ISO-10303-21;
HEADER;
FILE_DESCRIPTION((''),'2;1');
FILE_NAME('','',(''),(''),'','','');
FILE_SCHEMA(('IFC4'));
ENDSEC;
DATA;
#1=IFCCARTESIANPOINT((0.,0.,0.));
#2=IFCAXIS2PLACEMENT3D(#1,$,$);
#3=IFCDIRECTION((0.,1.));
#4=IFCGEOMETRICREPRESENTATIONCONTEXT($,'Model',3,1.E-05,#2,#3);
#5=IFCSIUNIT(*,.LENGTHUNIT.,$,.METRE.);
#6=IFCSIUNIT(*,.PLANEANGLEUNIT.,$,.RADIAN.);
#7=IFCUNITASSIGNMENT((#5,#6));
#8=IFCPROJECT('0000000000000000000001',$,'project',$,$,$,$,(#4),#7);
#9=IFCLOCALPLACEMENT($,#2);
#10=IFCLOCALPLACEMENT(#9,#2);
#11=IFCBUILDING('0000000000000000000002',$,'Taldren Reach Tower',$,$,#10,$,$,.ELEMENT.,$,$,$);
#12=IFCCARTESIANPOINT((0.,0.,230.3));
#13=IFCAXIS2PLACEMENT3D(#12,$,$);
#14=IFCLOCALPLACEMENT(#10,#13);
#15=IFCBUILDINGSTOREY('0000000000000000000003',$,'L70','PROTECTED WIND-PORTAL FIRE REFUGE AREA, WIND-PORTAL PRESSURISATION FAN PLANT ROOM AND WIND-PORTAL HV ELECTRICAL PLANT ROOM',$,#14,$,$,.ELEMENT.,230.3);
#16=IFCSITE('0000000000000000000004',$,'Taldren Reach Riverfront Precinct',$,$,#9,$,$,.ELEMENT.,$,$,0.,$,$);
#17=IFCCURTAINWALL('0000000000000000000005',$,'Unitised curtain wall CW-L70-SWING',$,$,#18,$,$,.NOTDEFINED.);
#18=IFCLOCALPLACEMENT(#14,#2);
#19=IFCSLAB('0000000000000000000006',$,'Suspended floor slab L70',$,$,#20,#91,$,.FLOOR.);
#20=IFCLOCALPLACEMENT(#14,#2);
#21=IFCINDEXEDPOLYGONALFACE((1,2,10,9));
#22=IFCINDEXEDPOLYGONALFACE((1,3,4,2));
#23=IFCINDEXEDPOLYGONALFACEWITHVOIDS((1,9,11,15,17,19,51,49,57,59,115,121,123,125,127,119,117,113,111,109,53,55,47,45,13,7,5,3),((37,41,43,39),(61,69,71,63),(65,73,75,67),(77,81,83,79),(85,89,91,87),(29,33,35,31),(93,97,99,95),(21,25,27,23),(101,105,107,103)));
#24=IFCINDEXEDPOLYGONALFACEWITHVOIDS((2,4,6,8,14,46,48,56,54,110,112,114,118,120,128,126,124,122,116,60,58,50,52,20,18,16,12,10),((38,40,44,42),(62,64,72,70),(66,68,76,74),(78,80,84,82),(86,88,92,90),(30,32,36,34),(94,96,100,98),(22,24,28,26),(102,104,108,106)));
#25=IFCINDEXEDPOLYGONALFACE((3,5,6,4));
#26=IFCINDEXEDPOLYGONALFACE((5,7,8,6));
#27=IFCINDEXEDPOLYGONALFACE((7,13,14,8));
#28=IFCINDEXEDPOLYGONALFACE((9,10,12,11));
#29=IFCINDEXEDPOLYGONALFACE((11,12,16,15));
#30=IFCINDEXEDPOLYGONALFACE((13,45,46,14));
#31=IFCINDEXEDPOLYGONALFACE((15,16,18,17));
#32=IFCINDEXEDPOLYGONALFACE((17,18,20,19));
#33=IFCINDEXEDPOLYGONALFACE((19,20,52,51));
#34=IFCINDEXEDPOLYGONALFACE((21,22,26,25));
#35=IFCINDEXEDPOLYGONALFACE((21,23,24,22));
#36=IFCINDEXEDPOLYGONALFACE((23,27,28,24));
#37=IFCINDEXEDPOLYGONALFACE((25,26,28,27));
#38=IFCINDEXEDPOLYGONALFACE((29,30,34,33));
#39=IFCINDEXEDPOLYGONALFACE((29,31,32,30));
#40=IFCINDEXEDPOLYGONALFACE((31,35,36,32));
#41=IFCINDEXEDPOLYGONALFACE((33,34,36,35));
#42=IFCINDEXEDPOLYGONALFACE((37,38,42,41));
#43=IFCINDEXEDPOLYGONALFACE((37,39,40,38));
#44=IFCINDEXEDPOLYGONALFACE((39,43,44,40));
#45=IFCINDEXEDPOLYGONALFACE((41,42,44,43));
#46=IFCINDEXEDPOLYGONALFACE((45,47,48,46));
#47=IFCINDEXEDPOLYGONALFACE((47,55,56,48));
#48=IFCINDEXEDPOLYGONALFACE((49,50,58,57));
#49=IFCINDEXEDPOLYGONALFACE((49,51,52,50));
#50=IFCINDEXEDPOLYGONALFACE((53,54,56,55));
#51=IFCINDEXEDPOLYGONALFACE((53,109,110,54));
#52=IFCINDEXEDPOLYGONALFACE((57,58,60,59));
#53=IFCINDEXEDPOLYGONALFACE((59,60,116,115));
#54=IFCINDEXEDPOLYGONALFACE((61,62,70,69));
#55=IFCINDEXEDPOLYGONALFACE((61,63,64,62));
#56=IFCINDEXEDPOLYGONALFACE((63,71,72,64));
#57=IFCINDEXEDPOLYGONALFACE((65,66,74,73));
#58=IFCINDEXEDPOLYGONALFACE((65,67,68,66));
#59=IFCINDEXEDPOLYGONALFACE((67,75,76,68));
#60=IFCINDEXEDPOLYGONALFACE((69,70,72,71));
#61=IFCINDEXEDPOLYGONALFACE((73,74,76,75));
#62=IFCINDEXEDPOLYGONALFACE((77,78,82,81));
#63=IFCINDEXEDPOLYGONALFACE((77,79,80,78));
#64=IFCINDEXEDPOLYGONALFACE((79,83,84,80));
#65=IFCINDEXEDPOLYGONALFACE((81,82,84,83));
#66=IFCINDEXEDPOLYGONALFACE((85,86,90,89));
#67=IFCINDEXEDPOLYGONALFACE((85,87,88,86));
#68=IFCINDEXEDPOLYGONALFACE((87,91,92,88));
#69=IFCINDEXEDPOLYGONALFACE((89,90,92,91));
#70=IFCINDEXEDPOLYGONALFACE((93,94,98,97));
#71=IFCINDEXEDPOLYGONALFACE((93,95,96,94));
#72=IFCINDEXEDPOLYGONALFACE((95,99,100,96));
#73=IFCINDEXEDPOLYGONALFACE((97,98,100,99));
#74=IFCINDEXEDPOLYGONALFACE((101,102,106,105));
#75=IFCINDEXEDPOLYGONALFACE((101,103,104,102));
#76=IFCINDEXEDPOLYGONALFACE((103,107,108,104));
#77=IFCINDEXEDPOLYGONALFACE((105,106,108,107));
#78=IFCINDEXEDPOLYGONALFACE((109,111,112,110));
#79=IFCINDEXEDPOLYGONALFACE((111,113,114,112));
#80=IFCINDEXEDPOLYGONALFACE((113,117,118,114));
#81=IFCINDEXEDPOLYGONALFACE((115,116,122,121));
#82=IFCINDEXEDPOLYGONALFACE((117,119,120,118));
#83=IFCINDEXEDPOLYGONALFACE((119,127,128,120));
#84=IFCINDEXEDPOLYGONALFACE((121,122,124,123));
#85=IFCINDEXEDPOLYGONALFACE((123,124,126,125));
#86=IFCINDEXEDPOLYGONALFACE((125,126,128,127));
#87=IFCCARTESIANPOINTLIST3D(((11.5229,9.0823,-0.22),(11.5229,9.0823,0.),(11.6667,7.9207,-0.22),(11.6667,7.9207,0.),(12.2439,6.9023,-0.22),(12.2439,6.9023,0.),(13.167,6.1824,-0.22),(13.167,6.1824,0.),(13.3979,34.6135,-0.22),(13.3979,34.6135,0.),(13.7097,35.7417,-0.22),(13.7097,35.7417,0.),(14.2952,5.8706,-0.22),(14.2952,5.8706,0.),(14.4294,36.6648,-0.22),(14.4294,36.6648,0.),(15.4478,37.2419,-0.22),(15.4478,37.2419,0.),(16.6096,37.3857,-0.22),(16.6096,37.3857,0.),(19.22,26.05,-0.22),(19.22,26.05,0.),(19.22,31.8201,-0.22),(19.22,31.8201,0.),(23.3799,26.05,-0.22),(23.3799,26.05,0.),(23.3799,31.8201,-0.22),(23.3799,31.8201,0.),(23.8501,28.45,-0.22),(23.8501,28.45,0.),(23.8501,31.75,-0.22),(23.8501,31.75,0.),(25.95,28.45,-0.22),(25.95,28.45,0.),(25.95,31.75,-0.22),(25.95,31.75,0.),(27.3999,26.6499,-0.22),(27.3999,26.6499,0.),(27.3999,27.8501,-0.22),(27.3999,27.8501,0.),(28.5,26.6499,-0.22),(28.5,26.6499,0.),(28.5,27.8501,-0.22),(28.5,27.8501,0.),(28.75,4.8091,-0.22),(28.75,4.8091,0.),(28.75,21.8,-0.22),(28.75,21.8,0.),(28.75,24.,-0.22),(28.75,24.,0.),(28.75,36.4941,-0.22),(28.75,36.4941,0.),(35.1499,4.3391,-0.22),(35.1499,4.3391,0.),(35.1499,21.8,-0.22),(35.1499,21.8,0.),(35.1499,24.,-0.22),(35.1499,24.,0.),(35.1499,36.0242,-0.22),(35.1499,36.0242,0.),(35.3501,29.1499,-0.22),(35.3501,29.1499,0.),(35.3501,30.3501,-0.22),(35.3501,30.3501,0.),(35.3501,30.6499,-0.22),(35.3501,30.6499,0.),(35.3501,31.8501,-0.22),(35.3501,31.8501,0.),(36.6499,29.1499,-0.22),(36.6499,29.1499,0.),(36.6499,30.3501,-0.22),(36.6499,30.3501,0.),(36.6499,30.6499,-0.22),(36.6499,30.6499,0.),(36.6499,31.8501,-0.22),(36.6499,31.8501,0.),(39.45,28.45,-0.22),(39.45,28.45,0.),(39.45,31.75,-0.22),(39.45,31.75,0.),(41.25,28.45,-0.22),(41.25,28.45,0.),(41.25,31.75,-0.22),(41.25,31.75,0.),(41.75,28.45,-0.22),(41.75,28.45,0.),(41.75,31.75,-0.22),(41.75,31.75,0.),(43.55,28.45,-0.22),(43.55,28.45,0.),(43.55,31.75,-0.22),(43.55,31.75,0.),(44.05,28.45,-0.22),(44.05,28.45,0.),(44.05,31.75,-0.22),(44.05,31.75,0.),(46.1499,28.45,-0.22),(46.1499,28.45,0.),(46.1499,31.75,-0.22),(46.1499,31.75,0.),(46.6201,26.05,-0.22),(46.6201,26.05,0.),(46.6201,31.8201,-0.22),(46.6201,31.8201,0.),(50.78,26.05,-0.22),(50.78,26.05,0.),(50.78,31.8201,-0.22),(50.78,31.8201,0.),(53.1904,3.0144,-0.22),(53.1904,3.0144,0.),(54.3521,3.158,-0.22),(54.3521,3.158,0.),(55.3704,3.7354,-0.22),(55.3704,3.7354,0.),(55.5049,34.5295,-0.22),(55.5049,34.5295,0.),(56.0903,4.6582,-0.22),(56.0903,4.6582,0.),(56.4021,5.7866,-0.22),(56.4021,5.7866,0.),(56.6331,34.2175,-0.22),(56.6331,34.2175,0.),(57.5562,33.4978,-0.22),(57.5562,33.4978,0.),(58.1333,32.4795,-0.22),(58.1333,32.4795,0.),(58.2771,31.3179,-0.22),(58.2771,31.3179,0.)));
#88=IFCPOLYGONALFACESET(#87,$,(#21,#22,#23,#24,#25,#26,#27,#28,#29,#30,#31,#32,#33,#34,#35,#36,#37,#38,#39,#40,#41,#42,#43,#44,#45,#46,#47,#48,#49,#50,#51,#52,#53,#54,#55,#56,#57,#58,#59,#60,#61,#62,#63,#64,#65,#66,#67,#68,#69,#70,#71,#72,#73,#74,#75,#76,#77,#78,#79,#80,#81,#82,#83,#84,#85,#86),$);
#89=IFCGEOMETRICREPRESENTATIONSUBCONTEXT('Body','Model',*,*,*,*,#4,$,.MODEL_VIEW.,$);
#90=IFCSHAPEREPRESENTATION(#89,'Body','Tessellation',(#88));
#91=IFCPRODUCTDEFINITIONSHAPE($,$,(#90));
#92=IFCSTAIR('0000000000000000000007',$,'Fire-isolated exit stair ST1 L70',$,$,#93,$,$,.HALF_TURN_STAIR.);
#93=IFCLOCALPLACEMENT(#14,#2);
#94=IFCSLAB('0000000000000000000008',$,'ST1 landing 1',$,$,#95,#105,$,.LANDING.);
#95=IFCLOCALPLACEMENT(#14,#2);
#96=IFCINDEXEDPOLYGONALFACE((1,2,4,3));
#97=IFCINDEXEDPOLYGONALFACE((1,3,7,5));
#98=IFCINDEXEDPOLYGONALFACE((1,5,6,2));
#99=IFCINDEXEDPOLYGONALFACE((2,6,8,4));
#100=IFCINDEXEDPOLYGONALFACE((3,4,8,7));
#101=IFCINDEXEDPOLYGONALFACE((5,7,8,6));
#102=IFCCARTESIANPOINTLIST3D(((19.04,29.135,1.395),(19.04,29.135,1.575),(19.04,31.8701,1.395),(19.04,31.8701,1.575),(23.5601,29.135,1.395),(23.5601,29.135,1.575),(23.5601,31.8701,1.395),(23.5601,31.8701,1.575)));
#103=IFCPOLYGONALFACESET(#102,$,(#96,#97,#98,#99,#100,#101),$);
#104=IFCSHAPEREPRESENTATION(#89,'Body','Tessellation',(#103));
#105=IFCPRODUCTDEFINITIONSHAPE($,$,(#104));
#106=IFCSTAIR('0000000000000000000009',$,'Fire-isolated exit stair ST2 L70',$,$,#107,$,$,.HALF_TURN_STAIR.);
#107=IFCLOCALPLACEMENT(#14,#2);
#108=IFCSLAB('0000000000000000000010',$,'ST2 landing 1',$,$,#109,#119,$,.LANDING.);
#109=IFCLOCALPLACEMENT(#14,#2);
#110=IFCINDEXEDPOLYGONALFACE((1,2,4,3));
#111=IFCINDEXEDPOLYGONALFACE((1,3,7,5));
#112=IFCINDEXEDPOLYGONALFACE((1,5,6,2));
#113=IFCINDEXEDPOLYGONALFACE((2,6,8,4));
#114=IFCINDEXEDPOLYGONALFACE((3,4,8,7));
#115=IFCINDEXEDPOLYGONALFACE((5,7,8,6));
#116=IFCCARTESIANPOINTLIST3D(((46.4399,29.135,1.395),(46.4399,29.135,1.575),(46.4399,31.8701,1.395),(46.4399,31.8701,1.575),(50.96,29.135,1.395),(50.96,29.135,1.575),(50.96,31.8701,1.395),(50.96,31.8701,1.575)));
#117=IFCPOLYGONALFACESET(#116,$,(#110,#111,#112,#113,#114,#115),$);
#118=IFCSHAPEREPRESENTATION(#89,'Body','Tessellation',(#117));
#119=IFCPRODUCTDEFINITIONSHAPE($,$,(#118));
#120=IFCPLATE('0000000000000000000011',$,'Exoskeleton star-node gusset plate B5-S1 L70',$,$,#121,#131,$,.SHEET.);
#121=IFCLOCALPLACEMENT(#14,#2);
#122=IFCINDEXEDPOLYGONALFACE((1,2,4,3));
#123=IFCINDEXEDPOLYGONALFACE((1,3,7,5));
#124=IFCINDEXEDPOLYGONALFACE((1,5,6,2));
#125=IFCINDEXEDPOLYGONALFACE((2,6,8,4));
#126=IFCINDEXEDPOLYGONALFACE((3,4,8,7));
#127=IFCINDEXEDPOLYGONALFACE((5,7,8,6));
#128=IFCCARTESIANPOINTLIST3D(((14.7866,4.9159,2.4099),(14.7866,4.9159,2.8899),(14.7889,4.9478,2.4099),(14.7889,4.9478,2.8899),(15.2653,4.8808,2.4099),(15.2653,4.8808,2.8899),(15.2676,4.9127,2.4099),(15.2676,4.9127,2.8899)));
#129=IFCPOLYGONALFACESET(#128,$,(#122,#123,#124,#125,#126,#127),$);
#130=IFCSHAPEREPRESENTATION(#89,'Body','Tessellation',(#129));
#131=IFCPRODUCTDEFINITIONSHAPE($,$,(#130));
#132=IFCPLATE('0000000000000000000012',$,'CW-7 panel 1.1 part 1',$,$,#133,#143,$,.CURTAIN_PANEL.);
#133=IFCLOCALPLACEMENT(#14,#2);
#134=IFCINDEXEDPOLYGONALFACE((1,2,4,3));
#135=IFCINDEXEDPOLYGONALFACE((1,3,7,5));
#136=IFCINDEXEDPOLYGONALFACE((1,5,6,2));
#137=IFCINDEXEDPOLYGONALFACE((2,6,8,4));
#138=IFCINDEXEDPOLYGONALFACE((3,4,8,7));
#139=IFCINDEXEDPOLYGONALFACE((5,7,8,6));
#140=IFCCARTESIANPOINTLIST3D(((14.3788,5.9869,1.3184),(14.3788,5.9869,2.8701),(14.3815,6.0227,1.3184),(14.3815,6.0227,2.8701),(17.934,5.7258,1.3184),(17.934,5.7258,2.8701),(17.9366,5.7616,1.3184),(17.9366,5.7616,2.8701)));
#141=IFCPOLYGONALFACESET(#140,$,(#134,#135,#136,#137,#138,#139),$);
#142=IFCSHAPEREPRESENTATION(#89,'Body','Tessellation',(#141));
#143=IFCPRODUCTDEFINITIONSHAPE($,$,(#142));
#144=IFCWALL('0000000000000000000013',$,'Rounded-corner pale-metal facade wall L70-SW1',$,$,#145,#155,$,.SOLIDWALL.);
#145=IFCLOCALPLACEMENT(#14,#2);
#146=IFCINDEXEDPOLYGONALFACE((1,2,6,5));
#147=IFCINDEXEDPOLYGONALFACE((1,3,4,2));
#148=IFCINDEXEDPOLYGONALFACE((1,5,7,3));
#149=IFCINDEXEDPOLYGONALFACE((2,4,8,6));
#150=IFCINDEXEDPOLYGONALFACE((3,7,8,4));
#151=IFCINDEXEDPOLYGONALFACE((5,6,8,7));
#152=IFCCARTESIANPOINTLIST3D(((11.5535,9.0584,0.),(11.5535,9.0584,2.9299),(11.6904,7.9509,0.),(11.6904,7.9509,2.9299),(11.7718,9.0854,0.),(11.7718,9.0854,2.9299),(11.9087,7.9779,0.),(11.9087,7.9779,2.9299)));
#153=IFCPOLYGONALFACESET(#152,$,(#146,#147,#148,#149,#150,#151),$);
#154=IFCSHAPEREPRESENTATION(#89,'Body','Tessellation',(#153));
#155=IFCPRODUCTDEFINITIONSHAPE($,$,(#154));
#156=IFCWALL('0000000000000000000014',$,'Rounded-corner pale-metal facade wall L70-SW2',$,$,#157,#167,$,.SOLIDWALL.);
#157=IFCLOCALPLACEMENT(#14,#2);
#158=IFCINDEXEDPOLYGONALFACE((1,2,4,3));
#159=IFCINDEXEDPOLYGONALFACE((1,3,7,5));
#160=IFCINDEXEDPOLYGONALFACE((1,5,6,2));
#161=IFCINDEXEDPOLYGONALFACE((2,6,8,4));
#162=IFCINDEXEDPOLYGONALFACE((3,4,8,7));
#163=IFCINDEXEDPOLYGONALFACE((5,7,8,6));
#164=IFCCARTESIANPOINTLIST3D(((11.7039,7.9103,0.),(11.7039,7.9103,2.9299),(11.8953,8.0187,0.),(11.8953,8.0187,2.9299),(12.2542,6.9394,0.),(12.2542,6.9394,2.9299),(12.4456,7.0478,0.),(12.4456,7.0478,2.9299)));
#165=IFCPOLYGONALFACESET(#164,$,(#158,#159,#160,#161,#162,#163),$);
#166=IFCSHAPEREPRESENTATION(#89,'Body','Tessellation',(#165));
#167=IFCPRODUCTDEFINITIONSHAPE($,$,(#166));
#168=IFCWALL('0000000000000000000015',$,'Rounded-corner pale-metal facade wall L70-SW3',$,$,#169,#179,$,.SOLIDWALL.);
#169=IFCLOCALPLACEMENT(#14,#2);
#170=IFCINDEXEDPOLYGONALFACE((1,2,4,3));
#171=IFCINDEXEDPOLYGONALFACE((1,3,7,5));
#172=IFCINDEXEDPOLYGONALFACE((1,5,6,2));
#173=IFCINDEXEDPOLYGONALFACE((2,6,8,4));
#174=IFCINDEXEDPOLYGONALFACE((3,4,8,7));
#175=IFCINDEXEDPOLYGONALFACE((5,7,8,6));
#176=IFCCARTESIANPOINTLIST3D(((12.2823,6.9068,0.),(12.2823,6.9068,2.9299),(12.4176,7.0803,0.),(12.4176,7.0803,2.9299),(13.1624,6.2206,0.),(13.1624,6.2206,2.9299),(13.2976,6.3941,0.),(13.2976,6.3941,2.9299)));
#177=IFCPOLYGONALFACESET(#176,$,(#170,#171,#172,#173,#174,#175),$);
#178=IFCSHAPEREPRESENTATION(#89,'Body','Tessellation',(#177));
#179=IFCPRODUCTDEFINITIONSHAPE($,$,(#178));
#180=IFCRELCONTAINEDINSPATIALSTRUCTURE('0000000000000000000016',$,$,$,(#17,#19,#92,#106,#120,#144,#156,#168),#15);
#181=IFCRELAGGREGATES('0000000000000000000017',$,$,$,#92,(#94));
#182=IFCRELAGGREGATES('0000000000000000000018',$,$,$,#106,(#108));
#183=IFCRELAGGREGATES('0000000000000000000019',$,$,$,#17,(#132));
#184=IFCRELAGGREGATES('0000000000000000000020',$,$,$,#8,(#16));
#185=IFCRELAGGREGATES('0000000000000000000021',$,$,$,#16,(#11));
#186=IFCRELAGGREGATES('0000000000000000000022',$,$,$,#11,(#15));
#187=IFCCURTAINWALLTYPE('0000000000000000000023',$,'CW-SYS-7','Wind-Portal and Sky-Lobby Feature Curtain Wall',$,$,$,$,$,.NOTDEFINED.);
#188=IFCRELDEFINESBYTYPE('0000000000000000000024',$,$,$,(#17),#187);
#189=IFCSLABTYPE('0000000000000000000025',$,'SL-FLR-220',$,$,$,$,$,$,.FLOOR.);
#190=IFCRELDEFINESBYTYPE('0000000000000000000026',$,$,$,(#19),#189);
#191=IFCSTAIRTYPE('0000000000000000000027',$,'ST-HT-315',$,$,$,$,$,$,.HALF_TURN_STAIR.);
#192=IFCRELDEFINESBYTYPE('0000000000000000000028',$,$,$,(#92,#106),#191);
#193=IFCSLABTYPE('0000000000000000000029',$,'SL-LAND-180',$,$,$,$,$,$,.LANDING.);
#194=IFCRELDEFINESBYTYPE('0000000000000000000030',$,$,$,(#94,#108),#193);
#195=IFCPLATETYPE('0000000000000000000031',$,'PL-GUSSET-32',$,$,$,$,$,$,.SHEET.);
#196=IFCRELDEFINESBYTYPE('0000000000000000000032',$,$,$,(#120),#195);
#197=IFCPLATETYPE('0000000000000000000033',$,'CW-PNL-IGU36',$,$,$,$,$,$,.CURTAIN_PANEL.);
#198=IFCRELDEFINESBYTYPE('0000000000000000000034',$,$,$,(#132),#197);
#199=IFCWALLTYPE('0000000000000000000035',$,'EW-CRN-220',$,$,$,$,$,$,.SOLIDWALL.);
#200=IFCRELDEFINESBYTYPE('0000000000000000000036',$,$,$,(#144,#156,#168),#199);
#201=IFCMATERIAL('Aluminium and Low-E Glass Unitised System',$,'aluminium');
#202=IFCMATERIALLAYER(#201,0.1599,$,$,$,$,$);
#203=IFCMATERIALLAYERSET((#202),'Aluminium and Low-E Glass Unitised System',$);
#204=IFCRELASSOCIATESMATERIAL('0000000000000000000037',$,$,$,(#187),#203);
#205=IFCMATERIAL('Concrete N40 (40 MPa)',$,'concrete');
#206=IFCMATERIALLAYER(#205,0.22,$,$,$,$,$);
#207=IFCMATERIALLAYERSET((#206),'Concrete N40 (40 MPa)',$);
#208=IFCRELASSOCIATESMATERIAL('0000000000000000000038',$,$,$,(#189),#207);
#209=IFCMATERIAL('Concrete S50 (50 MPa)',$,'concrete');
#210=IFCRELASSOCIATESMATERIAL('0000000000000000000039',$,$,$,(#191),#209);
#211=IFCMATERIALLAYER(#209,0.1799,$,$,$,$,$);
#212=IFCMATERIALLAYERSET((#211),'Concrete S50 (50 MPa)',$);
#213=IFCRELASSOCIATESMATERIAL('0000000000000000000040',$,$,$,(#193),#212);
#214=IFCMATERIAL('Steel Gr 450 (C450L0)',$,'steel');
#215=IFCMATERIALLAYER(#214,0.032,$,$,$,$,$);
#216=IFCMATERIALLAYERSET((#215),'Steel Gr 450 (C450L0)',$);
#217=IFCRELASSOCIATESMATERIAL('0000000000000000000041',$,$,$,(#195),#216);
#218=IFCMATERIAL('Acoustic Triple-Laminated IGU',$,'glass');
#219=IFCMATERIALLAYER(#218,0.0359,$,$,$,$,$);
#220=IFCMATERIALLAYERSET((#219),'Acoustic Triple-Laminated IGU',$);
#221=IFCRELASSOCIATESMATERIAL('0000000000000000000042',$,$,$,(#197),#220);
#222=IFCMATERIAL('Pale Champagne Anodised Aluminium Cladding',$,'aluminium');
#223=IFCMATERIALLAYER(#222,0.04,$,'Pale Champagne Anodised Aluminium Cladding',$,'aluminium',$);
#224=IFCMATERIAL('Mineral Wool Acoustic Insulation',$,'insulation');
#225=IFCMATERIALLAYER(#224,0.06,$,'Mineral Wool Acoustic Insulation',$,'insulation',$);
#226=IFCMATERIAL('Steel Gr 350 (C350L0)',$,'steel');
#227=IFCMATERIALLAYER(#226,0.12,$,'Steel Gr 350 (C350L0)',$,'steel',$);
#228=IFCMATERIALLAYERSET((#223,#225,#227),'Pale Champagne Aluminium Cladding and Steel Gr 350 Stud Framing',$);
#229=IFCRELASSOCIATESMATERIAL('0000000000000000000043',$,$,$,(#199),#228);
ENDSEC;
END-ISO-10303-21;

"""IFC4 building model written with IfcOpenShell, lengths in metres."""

from ifc_helpers import new_model, si_unit, direction, frame, frame_2d, origin, origin_2d, place, context, subcontext, project, spatial, polyline, rectangle, outline, extrude, source, transform, mapped, material, layer, layer_set, type_object, element, aggregate, save


model = new_model("IFC4")

# Units and contexts
model_context = context("Model", 3, precision=1e-05, world=origin(), true_north=direction((0.0, 1.0)))
body_context = subcontext(model_context, "Body", "Model", "MODEL_VIEW")
ifc_project = project(units=[si_unit("LENGTHUNIT", "METRE"), si_unit("PLANEANGLEUNIT", "RADIAN")], contexts=[model_context])

# Site, building, storey
site_placement = place(None, origin())
site = spatial("IfcSite", under=ifc_project, at=site_placement, Name="Taldren Reach Riverfront Precinct", CompositionType="ELEMENT", RefElevation=0.0)
building_placement = place(site_placement, origin())
building = spatial("IfcBuilding", under=site, at=building_placement, Name="Taldren Reach Tower", CompositionType="ELEMENT")
storey_placement = place(building_placement, frame((0.0, 0.0, 230.3)))
storey = spatial("IfcBuildingStorey", under=building, at=storey_placement, Name="L70", Description="PROTECTED WIND-PORTAL FIRE REFUGE AREA, WIND-PORTAL PRESSURISATION FAN PLANT ROOM AND WIND-PORTAL HV ELECTRICAL PLANT ROOM", CompositionType="ELEMENT", Elevation=230.3)

# Shared definitions
ifc_material_1 = material(Name="Steel Gr 350 (C350L0)", Category="steel")

# Shared definitions
ifc_material_2 = material(Name="Steel Gr 450 (C450L0)", Category="steel")

# Curtain wall
ifc_material_3 = material(Name="Aluminium and Low-E Glass Unitised System", Category="aluminium")
ifc_layer_1 = layer(ifc_material_3, 0.1599)
ifc_layer_set_1 = layer_set([ifc_layer_1], Name="Aluminium and Low-E Glass Unitised System")
curtain_wall_type = type_object("IfcCurtainWallType", Name="CW-SYS-7", Description="Wind-Portal and Sky-Lobby Feature Curtain Wall", PredefinedType="NOTDEFINED", material=ifc_layer_set_1)
curtain_wall_1_placement = place(storey_placement, origin())
curtain_wall_1 = element("IfcCurtainWall", 1, at=curtain_wall_1_placement, inside=storey, type_object=curtain_wall_type, Name="Unitised curtain wall CW-L70-SWING", PredefinedType="NOTDEFINED")

# Slab
ifc_material_4 = material(Name="Concrete N40 (40 MPa)", Category="concrete")
ifc_layer_2 = layer(ifc_material_4, 0.22)
ifc_layer_set_2 = layer_set([ifc_layer_2], Name="Concrete N40 (40 MPa)")
slab_type_1 = type_object("IfcSlabType", Name="SL-FLR-220", PredefinedType="FLOOR", material=ifc_layer_set_2)
slab_1_placement = place(storey_placement, frame((0.0, 0.0, -0.22)))
element("IfcSlab", 2, at=slab_1_placement, inside=storey, type_object=slab_type_1, Name="Suspended floor slab L70", PredefinedType="FLOOR", context=body_context, shape_type="SweptSolid", body=[
    extrude(outline(polyline([(55.5049, 34.5295), (56.6331, 34.2175), (57.5562, 33.4978), (58.1333, 32.4795), (58.2771, 31.3179), (56.4021, 5.7866), (56.0903, 4.6582), (55.3704, 3.7354), (54.3521, 3.158), (53.1904, 3.0144), (35.1499, 4.3391), (35.1499, 21.8), (28.75, 21.8), (28.75, 4.8091), (14.2952, 5.8706), (13.167, 6.1824), (12.2439, 6.9023), (11.6667, 7.9207), (11.5229, 9.0823), (13.3979, 34.6135), (13.7097, 35.7417), (14.4294, 36.6648), (15.4478, 37.2419), (16.6096, 37.3857), (28.75, 36.4941), (28.75, 24.0), (35.1499, 24.0), (35.1499, 36.0242), (55.5049, 34.5295)]), holes=[polyline([(19.22, 26.05), (23.3799, 26.05), (23.3799, 31.8201), (19.22, 31.8201), (19.22, 26.05)]), polyline([(46.6201, 26.05), (50.78, 26.05), (50.78, 31.8201), (46.6201, 31.8201), (46.6201, 26.05)]), polyline([(23.8501, 28.45), (25.95, 28.45), (25.95, 31.75), (23.8501, 31.75), (23.8501, 28.45)]), polyline([(44.05, 28.45), (46.1499, 28.45), (46.1499, 31.75), (44.05, 31.75), (44.05, 28.45)]), polyline([(39.45, 28.45), (41.25, 28.45), (41.25, 31.75), (39.45, 31.75), (39.45, 28.45)]), polyline([(41.75, 28.45), (43.55, 28.45), (43.55, 31.75), (41.75, 31.75), (41.75, 28.45)]), polyline([(35.3501, 30.6499), (36.6499, 30.6499), (36.6499, 31.8501), (35.3501, 31.8501), (35.3501, 30.6499)]), polyline([(35.3501, 29.1499), (36.6499, 29.1499), (36.6499, 30.3501), (35.3501, 30.3501), (35.3501, 29.1499)]), polyline([(27.3999, 26.6499), (28.5, 26.6499), (28.5, 27.8501), (27.3999, 27.8501), (27.3999, 26.6499)])]), origin(), (0.0, 0.0, 1.0), 0.22),
])

# Stairs, slabs
ifc_material_5 = material(Name="Concrete S50 (50 MPa)", Category="concrete")
stair_type = type_object("IfcStairType", Name="ST-HT-315", PredefinedType="HALF_TURN_STAIR", material=ifc_material_5)
stair_1_placement = place(storey_placement, origin())
stair_1 = element("IfcStair", 3, at=stair_1_placement, inside=storey, type_object=stair_type, Name="Fire-isolated exit stair ST1 L70", PredefinedType="HALF_TURN_STAIR")
ifc_layer_3 = layer(ifc_material_5, 0.1799)
ifc_layer_set_3 = layer_set([ifc_layer_3], Name="Concrete S50 (50 MPa)")
slab_type_2 = type_object("IfcSlabType", Name="SL-LAND-180", PredefinedType="LANDING", material=ifc_layer_set_3)
slab_2_placement = place(storey_placement, frame((0.0, 0.0, 1.395)))
slab_2 = element("IfcSlab", 4, at=slab_2_placement, type_object=slab_type_2, Name="ST1 landing 1", PredefinedType="LANDING", context=body_context, shape_type="SweptSolid", body=[
    extrude(outline(polyline([(19.04, 29.135), (23.5601, 29.135), (23.5601, 31.8701), (19.04, 31.8701), (19.04, 29.135)])), origin(), (0.0, 0.0, 1.0), 0.1799),
])
aggregate(stair_1, [slab_2])
stair_2_placement = place(storey_placement, origin())
stair_2 = element("IfcStair", 5, at=stair_2_placement, inside=storey, type_object=stair_type, Name="Fire-isolated exit stair ST2 L70", PredefinedType="HALF_TURN_STAIR")
slab_3_placement = place(storey_placement, frame((0.0, 0.0, 1.395)))
slab_3 = element("IfcSlab", 6, at=slab_3_placement, type_object=slab_type_2, Name="ST2 landing 1", PredefinedType="LANDING", context=body_context, shape_type="SweptSolid", body=[
    extrude(outline(polyline([(46.4399, 29.135), (50.96, 29.135), (50.96, 31.8701), (46.4399, 31.8701), (46.4399, 29.135)])), origin(), (0.0, 0.0, 1.0), 0.1799),
])
aggregate(stair_2, [slab_3])

# Plates
ifc_layer_4 = layer(ifc_material_2, 0.032)
ifc_layer_set_4 = layer_set([ifc_layer_4], Name="Steel Gr 450 (C450L0)")
plate_type_1 = type_object("IfcPlateType", Name="PL-GUSSET-32", PredefinedType="SHEET", material=ifc_layer_set_4)
shared_shape_1 = source(origin(), body_context, "Body", "SweptSolid", [
    extrude(rectangle(XDim=0.48, YDim=0.032, at=origin_2d()), origin(), (0.0, 0.0, 1.0), 0.48),
])
plate_1_placement = place(storey_placement, frame((15.0271, 4.9143, 2.4099), z_axis=(0.0, 0.0, 1.0), x_axis=(0.997314, -0.073238, 0.0)))
element("IfcPlate", 7, at=plate_1_placement, inside=storey, type_object=plate_type_1, Name="Exoskeleton star-node gusset plate B5-S1 L70", PredefinedType="SHEET", context=body_context, shape_type="MappedRepresentation", body=[
    mapped(shared_shape_1, transform((0.0, 0.0, 0.0), scale=1.0)),
])
ifc_material_6 = material(Name="Acoustic Triple-Laminated IGU", Category="glass")
ifc_layer_5 = layer(ifc_material_6, 0.0359)
ifc_layer_set_5 = layer_set([ifc_layer_5], Name="Acoustic Triple-Laminated IGU")
plate_type_2 = type_object("IfcPlateType", Name="CW-PNL-IGU36", PredefinedType="CURTAIN_PANEL", material=ifc_layer_set_5)
shared_shape_2 = source(origin(), body_context, "Body", "SweptSolid", [
    extrude(rectangle(XDim=3.5647, YDim=0.0359, at=origin_2d()), origin(), (0.0, 0.0, 1.0), 1.5518),
])
plate_2_placement = place(storey_placement, frame((16.1577, 5.8743, 1.3184), z_axis=(0.0, 0.0, 1.0), x_axis=(0.997314, -0.073238, 0.0)))
plate_2 = element("IfcPlate", 8, at=plate_2_placement, type_object=plate_type_2, Name="CW-7 panel 1.1 part 1", PredefinedType="CURTAIN_PANEL", context=body_context, shape_type="MappedRepresentation", body=[
    mapped(shared_shape_2, transform((0.0, 0.0, 0.0), scale=1.0)),
])
aggregate(curtain_wall_1, [plate_2])

# Walls
ifc_material_7 = material(Name="Pale Champagne Anodised Aluminium Cladding", Category="aluminium")
ifc_layer_6 = layer(ifc_material_7, 0.04, Name="Pale Champagne Anodised Aluminium Cladding", Category="aluminium")
ifc_material_8 = material(Name="Mineral Wool Acoustic Insulation", Category="insulation")
ifc_layer_7 = layer(ifc_material_8, 0.06, Name="Mineral Wool Acoustic Insulation", Category="insulation")
ifc_layer_8 = layer(ifc_material_1, 0.12, Name="Steel Gr 350 (C350L0)", Category="steel")
ifc_layer_set_6 = layer_set([ifc_layer_6, ifc_layer_7, ifc_layer_8], Name="Pale Champagne Aluminium Cladding and Steel Gr 350 Stud Framing")
wall_type = type_object("IfcWallType", Name="EW-CRN-220", PredefinedType="SOLIDWALL", material=ifc_layer_set_6)
shared_shape_3 = source(origin(), body_context, "Body", "SweptSolid", [
    extrude(rectangle(XDim=1.116, YDim=0.22, at=frame_2d((0.5581, 0.0))), origin(), (0.0, 0.0, 1.0), 2.9299),
])
for number, where, z_axis, x_axis, name in (
    (9, (11.6626, 9.072, 0.0), (0.0, 0.0, 1.0), (0.122742, -0.992439, 0.0), "Rounded-corner pale-metal facade wall L70-SW1"),
    (10, (11.7996, 7.9646, 0.0), (0.0, 0.0, 1.0), (0.493073, -0.869988, 0.0), "Rounded-corner pale-metal facade wall L70-SW2"),
    (11, (12.3499, 6.9937, 0.0), (0.0, 0.0, 1.0), (0.788598, -0.614909, 0.0), "Rounded-corner pale-metal facade wall L70-SW3"),
):
    element("IfcWall", number, at=place(storey_placement, frame(where, z_axis=z_axis, x_axis=x_axis)), inside=storey, type_object=wall_type, Name=name, PredefinedType="SOLIDWALL", context=body_context, shape_type="MappedRepresentation", body=[
        mapped(shared_shape_3, transform((0.0, 0.0, 0.0), scale=1.0)),
    ])

save(model, "model.ifc")
